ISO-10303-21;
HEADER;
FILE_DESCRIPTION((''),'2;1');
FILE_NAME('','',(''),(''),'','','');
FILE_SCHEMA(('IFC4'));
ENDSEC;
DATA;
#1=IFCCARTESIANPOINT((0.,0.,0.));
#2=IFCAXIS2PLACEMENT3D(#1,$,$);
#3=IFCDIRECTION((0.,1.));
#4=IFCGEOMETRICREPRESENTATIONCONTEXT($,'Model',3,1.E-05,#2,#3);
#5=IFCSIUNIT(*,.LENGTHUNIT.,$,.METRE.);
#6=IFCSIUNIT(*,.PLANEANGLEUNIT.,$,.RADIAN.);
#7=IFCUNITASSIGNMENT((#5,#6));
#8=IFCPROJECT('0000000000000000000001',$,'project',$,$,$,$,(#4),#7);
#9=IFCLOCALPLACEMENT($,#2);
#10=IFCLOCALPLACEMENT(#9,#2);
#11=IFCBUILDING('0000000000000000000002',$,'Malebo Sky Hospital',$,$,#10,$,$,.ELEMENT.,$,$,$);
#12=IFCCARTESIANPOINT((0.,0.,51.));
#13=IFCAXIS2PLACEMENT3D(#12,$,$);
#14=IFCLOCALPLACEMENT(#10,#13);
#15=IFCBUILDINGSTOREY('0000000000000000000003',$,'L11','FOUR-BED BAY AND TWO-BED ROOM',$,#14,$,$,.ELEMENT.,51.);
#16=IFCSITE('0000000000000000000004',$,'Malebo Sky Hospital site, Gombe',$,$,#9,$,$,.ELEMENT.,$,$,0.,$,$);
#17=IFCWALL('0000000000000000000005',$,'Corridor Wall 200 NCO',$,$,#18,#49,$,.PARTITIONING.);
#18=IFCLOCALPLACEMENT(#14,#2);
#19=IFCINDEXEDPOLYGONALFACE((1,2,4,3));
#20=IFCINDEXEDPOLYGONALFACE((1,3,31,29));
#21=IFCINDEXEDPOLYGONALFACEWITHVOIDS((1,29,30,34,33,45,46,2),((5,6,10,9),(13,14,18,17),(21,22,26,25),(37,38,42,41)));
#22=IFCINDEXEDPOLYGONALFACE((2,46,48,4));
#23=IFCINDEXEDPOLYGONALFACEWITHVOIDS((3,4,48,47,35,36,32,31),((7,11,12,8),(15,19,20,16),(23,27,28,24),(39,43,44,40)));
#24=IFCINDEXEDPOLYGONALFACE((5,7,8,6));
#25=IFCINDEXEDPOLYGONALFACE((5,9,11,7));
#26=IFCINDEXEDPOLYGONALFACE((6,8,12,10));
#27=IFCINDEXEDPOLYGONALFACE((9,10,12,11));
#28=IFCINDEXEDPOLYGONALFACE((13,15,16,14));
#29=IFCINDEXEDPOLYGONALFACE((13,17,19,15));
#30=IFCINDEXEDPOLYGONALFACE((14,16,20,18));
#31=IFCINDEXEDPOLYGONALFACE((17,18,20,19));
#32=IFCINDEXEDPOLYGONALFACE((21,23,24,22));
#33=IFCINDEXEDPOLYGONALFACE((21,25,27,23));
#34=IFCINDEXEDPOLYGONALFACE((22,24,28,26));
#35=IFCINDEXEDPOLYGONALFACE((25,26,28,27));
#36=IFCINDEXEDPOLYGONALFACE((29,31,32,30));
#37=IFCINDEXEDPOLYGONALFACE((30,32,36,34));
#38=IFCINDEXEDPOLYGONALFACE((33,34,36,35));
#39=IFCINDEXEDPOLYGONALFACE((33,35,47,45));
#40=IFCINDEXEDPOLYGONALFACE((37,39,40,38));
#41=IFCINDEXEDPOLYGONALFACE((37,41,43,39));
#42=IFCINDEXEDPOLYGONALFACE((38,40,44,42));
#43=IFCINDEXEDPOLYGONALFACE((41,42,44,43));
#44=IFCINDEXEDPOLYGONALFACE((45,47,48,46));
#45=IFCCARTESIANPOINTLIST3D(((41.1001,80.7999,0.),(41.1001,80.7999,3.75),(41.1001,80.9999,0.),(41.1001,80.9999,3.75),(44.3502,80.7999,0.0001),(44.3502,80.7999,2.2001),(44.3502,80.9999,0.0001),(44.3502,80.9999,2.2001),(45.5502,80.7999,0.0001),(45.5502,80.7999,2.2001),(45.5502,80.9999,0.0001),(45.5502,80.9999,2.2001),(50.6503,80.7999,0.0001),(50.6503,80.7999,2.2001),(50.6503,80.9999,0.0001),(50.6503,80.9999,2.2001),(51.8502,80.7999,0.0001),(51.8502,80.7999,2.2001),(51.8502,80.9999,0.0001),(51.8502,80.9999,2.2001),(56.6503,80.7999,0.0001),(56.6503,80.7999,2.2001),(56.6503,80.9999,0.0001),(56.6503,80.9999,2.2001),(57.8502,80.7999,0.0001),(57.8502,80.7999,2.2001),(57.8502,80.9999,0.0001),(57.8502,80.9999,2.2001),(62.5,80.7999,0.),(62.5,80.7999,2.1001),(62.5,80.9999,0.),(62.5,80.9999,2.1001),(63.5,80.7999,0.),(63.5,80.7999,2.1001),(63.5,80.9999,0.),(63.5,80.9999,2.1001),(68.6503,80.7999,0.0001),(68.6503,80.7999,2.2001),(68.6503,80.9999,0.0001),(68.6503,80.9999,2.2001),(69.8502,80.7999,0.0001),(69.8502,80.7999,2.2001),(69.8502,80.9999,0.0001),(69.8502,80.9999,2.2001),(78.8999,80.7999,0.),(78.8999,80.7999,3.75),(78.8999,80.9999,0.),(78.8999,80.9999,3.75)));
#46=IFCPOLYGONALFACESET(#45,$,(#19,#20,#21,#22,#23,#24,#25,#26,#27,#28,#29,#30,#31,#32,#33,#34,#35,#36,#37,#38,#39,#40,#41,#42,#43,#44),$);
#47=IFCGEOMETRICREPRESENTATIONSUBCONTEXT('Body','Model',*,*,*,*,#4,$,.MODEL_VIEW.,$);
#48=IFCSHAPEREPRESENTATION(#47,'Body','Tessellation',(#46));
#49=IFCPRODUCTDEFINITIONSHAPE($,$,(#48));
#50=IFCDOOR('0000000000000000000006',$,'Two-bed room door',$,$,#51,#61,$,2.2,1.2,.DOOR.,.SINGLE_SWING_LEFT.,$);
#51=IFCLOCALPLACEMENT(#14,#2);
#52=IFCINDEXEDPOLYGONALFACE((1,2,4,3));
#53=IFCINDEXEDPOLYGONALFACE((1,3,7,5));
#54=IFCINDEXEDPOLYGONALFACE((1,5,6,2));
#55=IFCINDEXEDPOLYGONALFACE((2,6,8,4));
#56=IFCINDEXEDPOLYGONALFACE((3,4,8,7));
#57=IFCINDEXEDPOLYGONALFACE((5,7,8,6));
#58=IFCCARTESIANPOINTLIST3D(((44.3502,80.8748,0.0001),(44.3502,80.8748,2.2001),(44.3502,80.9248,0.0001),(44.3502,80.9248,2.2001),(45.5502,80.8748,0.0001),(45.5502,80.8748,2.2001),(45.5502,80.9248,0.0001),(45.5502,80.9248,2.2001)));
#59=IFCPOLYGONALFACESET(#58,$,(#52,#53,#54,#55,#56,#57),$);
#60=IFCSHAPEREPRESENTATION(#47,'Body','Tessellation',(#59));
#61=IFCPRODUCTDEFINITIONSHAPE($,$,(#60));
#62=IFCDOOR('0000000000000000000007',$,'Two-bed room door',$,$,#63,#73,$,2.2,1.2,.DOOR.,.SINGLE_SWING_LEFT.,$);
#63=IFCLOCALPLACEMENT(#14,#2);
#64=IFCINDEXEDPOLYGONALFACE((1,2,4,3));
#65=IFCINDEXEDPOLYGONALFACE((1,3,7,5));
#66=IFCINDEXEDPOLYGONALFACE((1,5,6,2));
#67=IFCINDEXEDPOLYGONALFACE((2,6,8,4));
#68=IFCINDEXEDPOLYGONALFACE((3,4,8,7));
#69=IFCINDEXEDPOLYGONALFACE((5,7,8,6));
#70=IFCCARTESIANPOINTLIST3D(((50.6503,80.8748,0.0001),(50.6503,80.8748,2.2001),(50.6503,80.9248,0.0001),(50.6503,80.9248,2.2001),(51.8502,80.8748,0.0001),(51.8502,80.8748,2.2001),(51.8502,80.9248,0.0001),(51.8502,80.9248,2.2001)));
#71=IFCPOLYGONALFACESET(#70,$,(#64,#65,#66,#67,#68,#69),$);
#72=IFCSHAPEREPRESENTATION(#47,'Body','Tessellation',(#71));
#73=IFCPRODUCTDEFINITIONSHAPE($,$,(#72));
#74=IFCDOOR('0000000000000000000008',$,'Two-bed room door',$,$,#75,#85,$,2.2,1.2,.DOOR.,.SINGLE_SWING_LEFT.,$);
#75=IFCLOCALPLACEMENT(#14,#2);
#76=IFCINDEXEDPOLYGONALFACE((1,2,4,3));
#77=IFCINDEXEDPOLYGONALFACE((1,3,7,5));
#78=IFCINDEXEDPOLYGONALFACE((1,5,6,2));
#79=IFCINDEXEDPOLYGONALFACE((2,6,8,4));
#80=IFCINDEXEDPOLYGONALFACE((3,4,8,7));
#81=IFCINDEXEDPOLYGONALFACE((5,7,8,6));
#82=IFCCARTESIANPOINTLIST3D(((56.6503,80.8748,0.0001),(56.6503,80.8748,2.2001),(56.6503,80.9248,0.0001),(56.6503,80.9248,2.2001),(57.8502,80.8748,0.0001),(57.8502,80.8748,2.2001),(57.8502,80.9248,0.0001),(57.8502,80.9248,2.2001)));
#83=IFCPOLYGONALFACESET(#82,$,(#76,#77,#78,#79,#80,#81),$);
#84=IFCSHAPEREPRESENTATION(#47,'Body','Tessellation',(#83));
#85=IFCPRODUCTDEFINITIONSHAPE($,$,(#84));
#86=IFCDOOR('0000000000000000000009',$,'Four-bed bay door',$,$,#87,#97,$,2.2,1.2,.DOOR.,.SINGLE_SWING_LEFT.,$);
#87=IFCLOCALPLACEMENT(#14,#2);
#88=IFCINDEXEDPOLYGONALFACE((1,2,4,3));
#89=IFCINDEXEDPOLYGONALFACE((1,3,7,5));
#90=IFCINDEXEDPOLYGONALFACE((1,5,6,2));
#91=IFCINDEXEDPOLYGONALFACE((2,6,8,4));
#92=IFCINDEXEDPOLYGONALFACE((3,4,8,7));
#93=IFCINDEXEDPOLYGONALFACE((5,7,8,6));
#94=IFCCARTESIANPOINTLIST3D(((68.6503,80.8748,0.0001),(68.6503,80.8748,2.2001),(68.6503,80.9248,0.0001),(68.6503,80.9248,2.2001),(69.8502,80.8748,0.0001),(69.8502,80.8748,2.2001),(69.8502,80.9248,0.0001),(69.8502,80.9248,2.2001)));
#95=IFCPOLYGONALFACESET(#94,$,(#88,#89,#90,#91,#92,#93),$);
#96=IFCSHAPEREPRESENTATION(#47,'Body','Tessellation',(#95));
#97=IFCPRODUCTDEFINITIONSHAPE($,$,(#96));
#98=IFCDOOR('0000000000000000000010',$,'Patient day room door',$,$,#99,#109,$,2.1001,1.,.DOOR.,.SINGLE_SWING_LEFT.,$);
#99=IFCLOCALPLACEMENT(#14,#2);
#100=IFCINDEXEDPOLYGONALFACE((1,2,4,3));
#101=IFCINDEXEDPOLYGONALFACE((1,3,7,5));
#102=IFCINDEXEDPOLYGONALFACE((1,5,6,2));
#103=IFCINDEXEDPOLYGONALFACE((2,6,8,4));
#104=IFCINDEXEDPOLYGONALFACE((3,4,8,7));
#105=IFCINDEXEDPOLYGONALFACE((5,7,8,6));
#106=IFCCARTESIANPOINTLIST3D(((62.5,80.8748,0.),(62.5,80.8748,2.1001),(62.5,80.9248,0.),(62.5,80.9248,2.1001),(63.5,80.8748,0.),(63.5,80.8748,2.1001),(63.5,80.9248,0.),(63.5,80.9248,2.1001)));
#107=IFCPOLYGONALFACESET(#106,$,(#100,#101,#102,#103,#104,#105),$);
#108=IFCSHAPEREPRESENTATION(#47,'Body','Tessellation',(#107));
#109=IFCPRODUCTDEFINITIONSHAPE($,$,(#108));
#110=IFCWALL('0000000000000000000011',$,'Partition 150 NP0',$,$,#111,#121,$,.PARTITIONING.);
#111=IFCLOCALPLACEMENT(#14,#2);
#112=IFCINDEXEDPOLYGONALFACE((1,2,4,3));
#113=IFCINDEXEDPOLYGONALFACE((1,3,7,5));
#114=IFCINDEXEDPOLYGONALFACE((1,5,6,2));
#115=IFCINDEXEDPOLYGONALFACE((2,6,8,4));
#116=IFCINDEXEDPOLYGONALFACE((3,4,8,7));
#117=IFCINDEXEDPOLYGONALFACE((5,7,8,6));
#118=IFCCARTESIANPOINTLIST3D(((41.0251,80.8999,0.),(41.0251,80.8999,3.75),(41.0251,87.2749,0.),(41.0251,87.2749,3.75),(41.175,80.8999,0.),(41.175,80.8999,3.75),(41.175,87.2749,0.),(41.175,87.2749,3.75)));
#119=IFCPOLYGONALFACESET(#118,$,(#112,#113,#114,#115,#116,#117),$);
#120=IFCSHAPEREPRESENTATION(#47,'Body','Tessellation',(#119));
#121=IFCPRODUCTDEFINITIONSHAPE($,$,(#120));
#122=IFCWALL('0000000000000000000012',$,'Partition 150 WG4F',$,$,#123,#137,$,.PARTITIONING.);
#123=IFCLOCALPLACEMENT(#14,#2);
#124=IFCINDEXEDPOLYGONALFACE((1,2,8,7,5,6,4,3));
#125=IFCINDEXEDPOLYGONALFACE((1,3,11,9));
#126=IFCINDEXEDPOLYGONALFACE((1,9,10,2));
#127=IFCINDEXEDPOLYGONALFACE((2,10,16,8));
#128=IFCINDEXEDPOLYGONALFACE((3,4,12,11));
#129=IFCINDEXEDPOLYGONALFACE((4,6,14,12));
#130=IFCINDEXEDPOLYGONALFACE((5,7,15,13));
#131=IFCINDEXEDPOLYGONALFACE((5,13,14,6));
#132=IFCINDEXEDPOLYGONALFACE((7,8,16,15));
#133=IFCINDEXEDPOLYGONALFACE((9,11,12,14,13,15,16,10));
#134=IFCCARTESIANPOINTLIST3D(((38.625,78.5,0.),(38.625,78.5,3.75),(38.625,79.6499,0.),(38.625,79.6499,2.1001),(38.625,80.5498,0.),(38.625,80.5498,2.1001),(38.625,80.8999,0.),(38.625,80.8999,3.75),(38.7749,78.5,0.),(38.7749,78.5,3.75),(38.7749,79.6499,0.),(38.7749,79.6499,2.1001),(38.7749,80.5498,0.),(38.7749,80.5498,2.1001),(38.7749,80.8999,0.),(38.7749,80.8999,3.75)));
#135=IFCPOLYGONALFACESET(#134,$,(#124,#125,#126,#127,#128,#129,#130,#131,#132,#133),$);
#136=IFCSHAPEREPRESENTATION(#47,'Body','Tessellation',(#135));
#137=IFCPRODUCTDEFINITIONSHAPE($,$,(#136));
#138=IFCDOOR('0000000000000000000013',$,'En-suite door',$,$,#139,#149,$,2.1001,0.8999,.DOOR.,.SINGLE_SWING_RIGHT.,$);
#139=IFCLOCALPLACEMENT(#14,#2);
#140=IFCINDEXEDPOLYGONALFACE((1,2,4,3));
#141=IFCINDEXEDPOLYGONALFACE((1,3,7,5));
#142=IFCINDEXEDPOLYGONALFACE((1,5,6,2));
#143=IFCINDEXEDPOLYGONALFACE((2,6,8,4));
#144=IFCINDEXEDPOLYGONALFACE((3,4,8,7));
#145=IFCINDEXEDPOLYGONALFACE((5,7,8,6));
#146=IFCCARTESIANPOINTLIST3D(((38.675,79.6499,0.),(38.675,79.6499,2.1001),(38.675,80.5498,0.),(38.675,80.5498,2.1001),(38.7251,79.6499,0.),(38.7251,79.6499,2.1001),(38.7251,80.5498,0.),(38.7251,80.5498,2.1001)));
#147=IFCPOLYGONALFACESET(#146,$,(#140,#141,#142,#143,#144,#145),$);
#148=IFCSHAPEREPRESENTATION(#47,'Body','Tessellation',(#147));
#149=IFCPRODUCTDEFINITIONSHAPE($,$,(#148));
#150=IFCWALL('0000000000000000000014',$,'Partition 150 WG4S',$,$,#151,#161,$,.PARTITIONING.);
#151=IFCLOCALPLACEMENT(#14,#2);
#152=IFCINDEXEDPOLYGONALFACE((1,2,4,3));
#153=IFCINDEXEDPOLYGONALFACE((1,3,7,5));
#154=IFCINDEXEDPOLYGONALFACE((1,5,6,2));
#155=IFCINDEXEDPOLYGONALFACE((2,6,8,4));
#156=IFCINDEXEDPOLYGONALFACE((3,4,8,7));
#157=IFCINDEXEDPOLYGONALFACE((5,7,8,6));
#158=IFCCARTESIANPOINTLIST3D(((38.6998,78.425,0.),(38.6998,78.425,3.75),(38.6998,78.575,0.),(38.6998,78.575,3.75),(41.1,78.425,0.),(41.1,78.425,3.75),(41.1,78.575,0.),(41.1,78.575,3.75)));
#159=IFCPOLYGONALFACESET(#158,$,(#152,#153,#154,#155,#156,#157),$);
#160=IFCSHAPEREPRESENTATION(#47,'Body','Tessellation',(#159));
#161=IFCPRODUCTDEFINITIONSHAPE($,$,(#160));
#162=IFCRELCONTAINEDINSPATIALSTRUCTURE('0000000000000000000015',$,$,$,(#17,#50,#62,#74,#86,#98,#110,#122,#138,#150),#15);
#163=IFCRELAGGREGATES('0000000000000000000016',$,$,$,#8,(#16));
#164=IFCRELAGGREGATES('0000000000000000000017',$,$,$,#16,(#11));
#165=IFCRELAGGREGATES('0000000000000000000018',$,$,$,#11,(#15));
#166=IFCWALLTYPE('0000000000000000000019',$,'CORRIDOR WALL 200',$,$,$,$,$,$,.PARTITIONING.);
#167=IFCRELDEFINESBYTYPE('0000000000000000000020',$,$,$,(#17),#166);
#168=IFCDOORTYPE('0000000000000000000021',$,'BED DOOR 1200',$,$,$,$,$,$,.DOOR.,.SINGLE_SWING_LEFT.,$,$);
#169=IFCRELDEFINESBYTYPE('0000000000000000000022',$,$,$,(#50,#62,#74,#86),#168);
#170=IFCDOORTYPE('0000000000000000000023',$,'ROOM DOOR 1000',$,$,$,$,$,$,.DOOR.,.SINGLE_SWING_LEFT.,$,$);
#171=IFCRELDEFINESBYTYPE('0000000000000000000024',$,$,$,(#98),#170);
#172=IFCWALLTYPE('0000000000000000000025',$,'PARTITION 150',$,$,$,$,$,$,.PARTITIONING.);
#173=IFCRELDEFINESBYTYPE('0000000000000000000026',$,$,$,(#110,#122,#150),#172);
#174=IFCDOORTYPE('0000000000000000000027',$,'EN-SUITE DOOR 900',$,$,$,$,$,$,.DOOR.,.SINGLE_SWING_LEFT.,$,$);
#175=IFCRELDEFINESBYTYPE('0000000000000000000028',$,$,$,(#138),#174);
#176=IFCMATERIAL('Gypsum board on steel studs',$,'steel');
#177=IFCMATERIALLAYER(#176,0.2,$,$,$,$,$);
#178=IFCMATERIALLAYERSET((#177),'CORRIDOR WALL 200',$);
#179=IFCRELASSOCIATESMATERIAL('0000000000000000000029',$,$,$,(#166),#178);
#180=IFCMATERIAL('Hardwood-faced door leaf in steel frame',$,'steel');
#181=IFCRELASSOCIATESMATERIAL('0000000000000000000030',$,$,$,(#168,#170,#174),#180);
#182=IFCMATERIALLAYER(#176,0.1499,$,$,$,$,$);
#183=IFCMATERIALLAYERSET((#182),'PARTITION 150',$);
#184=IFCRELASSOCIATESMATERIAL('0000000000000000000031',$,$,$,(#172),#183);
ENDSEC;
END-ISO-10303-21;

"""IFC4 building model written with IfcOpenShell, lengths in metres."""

from ifc_helpers import new_model, si_unit, direction, frame, frame_2d, origin, place, context, subcontext, project, spatial, rectangle, extrude, material, layer, layer_set, type_object, element, fill, save


model = new_model("IFC4")

# Units and contexts
model_context = context("Model", 3, precision=1e-05, world=origin(), true_north=direction((0.0, 1.0)))
body_context = subcontext(model_context, "Body", "Model", "MODEL_VIEW")
ifc_project = project(units=[si_unit("LENGTHUNIT", "METRE"), si_unit("PLANEANGLEUNIT", "RADIAN")], contexts=[model_context])

# Site, building, storey
site_placement = place(None, origin())
site = spatial("IfcSite", under=ifc_project, at=site_placement, Name="Malebo Sky Hospital site, Gombe", CompositionType="ELEMENT", RefElevation=0.0)
building_placement = place(site_placement, origin())
building = spatial("IfcBuilding", under=site, at=building_placement, Name="Malebo Sky Hospital", CompositionType="ELEMENT")
storey_placement = place(building_placement, frame((0.0, 0.0, 51.0)))
storey = spatial("IfcBuildingStorey", under=building, at=storey_placement, Name="L11", Description="FOUR-BED BAY AND TWO-BED ROOM", CompositionType="ELEMENT", Elevation=51.0)

# Wall, openings, doors
ifc_material_1 = material(Name="Gypsum board on steel studs", Category="steel")
ifc_layer_1 = layer(ifc_material_1, 0.2)
ifc_layer_set_1 = layer_set([ifc_layer_1], Name="CORRIDOR WALL 200")
wall_type_1 = type_object("IfcWallType", Name="CORRIDOR WALL 200", PredefinedType="PARTITIONING", material=ifc_layer_set_1)
wall_1_placement = place(storey_placement, frame((41.1001, 80.8999, 0.0), z_axis=(0.0, 0.0, 1.0), x_axis=(1.0, 0.0, 0.0)))
wall_1 = element("IfcWall", 1, at=wall_1_placement, inside=storey, type_object=wall_type_1, Name="Corridor Wall 200 NCO", PredefinedType="PARTITIONING", context=body_context, shape_type="SweptSolid", body=[
    extrude(rectangle(XDim=37.7998, YDim=0.2, at=frame_2d((18.8999, 0.0))), origin(), (0.0, 0.0, 1.0), 3.75),
])
opening_1_placement = place(wall_1_placement, frame((3.25, 0.0, 0.0)))
opening_1 = element("IfcOpeningElement", 2, at=opening_1_placement, cuts=wall_1, PredefinedType="OPENING", context=body_context, shape_type="SweptSolid", body=[
    extrude(rectangle(XDim=1.2, YDim=2.2, at=frame_2d((0.6001, 1.1001))), frame((0.0, 0.1099, 0.0), z_axis=(0.0, -1.0, 0.0), x_axis=(1.0, 0.0, 0.0)), (0.0, 0.0, 1.0), 0.22),
])
opening_2_placement = place(wall_1_placement, frame((9.55, 0.0, 0.0)))
opening_2 = element("IfcOpeningElement", 3, at=opening_2_placement, cuts=wall_1, PredefinedType="OPENING", context=body_context, shape_type="SweptSolid", body=[
    extrude(rectangle(XDim=1.2, YDim=2.2, at=frame_2d((0.6001, 1.1001))), frame((0.0, 0.1099, 0.0), z_axis=(0.0, -1.0, 0.0), x_axis=(1.0, 0.0, 0.0)), (0.0, 0.0, 1.0), 0.22),
])
opening_3_placement = place(wall_1_placement, frame((15.55, 0.0, 0.0)))
opening_3 = element("IfcOpeningElement", 4, at=opening_3_placement, cuts=wall_1, PredefinedType="OPENING", context=body_context, shape_type="SweptSolid", body=[
    extrude(rectangle(XDim=1.2, YDim=2.2, at=frame_2d((0.6001, 1.1001))), frame((0.0, 0.1099, 0.0), z_axis=(0.0, -1.0, 0.0), x_axis=(1.0, 0.0, 0.0)), (0.0, 0.0, 1.0), 0.22),
])
opening_4_placement = place(wall_1_placement, frame((21.3999, 0.0, 0.0)))
opening_4 = element("IfcOpeningElement", 5, at=opening_4_placement, cuts=wall_1, PredefinedType="OPENING", context=body_context, shape_type="SweptSolid", body=[
    extrude(rectangle(XDim=1.0, YDim=2.1001, at=frame_2d((0.5, 1.05))), frame((0.0, 0.1099, 0.0), z_axis=(0.0, -1.0, 0.0), x_axis=(1.0, 0.0, 0.0)), (0.0, 0.0, 1.0), 0.22),
])
opening_5_placement = place(wall_1_placement, frame((27.55, 0.0, 0.0)))
opening_5 = element("IfcOpeningElement", 6, at=opening_5_placement, cuts=wall_1, PredefinedType="OPENING", context=body_context, shape_type="SweptSolid", body=[
    extrude(rectangle(XDim=1.2, YDim=2.2, at=frame_2d((0.6001, 1.1001))), frame((0.0, 0.1099, 0.0), z_axis=(0.0, -1.0, 0.0), x_axis=(1.0, 0.0, 0.0)), (0.0, 0.0, 1.0), 0.22),
])
ifc_material_2 = material(Name="Hardwood-faced door leaf in steel frame", Category="steel")
door_type_1 = type_object("IfcDoorType", Name="BED DOOR 1200", OperationType="SINGLE_SWING_LEFT", PredefinedType="DOOR", material=ifc_material_2)
door_1_placement = place(opening_1_placement, origin())
door_1 = element("IfcDoor", 7, at=door_1_placement, inside=storey, type_object=door_type_1, Name="Two-bed room door", OperationType="SINGLE_SWING_LEFT", OverallHeight=2.2, OverallWidth=1.2, PredefinedType="DOOR", context=body_context, shape_type="SweptSolid", body=[
    extrude(rectangle(XDim=1.2, YDim=2.2, at=frame_2d((0.6001, 1.1001))), frame((0.0, 0.0249, 0.0), z_axis=(0.0, -1.0, 0.0), x_axis=(1.0, 0.0, 0.0)), (0.0, 0.0, 1.0), 0.05),
])
fill(opening_1, door_1)
door_2_placement = place(opening_2_placement, origin())
door_2 = element("IfcDoor", 8, at=door_2_placement, inside=storey, type_object=door_type_1, Name="Two-bed room door", OperationType="SINGLE_SWING_LEFT", OverallHeight=2.2, OverallWidth=1.2, PredefinedType="DOOR", context=body_context, shape_type="SweptSolid", body=[
    extrude(rectangle(XDim=1.2, YDim=2.2, at=frame_2d((0.6001, 1.1001))), frame((0.0, 0.0249, 0.0), z_axis=(0.0, -1.0, 0.0), x_axis=(1.0, 0.0, 0.0)), (0.0, 0.0, 1.0), 0.05),
])
fill(opening_2, door_2)
door_3_placement = place(opening_3_placement, origin())
door_3 = element("IfcDoor", 9, at=door_3_placement, inside=storey, type_object=door_type_1, Name="Two-bed room door", OperationType="SINGLE_SWING_LEFT", OverallHeight=2.2, OverallWidth=1.2, PredefinedType="DOOR", context=body_context, shape_type="SweptSolid", body=[
    extrude(rectangle(XDim=1.2, YDim=2.2, at=frame_2d((0.6001, 1.1001))), frame((0.0, 0.0249, 0.0), z_axis=(0.0, -1.0, 0.0), x_axis=(1.0, 0.0, 0.0)), (0.0, 0.0, 1.0), 0.05),
])
fill(opening_3, door_3)
door_4_placement = place(opening_5_placement, origin())
door_4 = element("IfcDoor", 10, at=door_4_placement, inside=storey, type_object=door_type_1, Name="Four-bed bay door", OperationType="SINGLE_SWING_LEFT", OverallHeight=2.2, OverallWidth=1.2, PredefinedType="DOOR", context=body_context, shape_type="SweptSolid", body=[
    extrude(rectangle(XDim=1.2, YDim=2.2, at=frame_2d((0.6001, 1.1001))), frame((0.0, 0.0249, 0.0), z_axis=(0.0, -1.0, 0.0), x_axis=(1.0, 0.0, 0.0)), (0.0, 0.0, 1.0), 0.05),
])
fill(opening_5, door_4)
door_type_2 = type_object("IfcDoorType", Name="ROOM DOOR 1000", OperationType="SINGLE_SWING_LEFT", PredefinedType="DOOR", material=ifc_material_2)
door_5_placement = place(opening_4_placement, origin())
door_5 = element("IfcDoor", 11, at=door_5_placement, inside=storey, type_object=door_type_2, Name="Patient day room door", OperationType="SINGLE_SWING_LEFT", OverallHeight=2.1001, OverallWidth=1.0, PredefinedType="DOOR", context=body_context, shape_type="SweptSolid", body=[
    extrude(rectangle(XDim=1.0, YDim=2.1001, at=frame_2d((0.5, 1.05))), frame((0.0, 0.0249, 0.0), z_axis=(0.0, -1.0, 0.0), x_axis=(1.0, 0.0, 0.0)), (0.0, 0.0, 1.0), 0.05),
])
fill(opening_4, door_5)

# Wall
ifc_layer_2 = layer(ifc_material_1, 0.1499)
ifc_layer_set_2 = layer_set([ifc_layer_2], Name="PARTITION 150")
wall_type_2 = type_object("IfcWallType", Name="PARTITION 150", PredefinedType="PARTITIONING", material=ifc_layer_set_2)
wall_2_placement = place(storey_placement, frame((41.1001, 80.8999, 0.0), z_axis=(0.0, 0.0, 1.0), x_axis=(0.0, 1.0, 0.0)))
element("IfcWall", 12, at=wall_2_placement, inside=storey, type_object=wall_type_2, Name="Partition 150 NP0", PredefinedType="PARTITIONING", context=body_context, shape_type="SweptSolid", body=[
    extrude(rectangle(XDim=6.375, YDim=0.1499, at=frame_2d((3.1875, 0.0))), origin(), (0.0, 0.0, 1.0), 3.75),
])

# Wall, opening, door
wall_3_placement = place(storey_placement, frame((38.7, 78.5, 0.0), z_axis=(0.0, 0.0, 1.0), x_axis=(0.0, 1.0, 0.0)))
wall_3 = element("IfcWall", 13, at=wall_3_placement, inside=storey, type_object=wall_type_2, Name="Partition 150 WG4F", PredefinedType="PARTITIONING", context=body_context, shape_type="SweptSolid", body=[
    extrude(rectangle(XDim=2.3999, YDim=0.1499, at=frame_2d((1.2, 0.0))), origin(), (0.0, 0.0, 1.0), 3.75),
])
opening_6_placement = place(wall_3_placement, frame((1.1499, 0.0, 0.0)))
opening_6 = element("IfcOpeningElement", 14, at=opening_6_placement, cuts=wall_3, PredefinedType="OPENING", context=body_context, shape_type="SweptSolid", body=[
    extrude(rectangle(XDim=0.8999, YDim=2.1001, at=frame_2d((0.45, 1.05))), frame((0.0, 0.085, 0.0), z_axis=(0.0, -1.0, 0.0), x_axis=(1.0, 0.0, 0.0)), (0.0, 0.0, 1.0), 0.1699),
])
door_type_3 = type_object("IfcDoorType", Name="EN-SUITE DOOR 900", OperationType="SINGLE_SWING_LEFT", PredefinedType="DOOR", material=ifc_material_2)
door_6_placement = place(opening_6_placement, origin())
door_6 = element("IfcDoor", 15, at=door_6_placement, inside=storey, type_object=door_type_3, Name="En-suite door", OperationType="SINGLE_SWING_RIGHT", OverallHeight=2.1001, OverallWidth=0.8999, PredefinedType="DOOR", context=body_context, shape_type="SweptSolid", body=[
    extrude(rectangle(XDim=0.8999, YDim=2.1001, at=frame_2d((0.45, 1.05))), frame((0.0, 0.0249, 0.0), z_axis=(0.0, -1.0, 0.0), x_axis=(1.0, 0.0, 0.0)), (0.0, 0.0, 1.0), 0.05),
])
fill(opening_6, door_6)

# Wall
for number, where, z_axis, x_axis, name in (
    (16, (41.1001, 78.5, 0.0), (0.0, 0.0, 1.0), (-1.0, 0.0, 0.0), "Partition 150 WG4S"),
):
    element("IfcWall", number, at=place(storey_placement, frame(where, z_axis=z_axis, x_axis=x_axis)), inside=storey, type_object=wall_type_2, Name=name, PredefinedType="PARTITIONING", context=body_context, shape_type="SweptSolid", body=[
        extrude(rectangle(XDim=2.4001, YDim=0.1499, at=frame_2d((1.2002, 0.0))), origin(), (0.0, 0.0, 1.0), 3.75),
    ])

save(model, "model.ifc")
